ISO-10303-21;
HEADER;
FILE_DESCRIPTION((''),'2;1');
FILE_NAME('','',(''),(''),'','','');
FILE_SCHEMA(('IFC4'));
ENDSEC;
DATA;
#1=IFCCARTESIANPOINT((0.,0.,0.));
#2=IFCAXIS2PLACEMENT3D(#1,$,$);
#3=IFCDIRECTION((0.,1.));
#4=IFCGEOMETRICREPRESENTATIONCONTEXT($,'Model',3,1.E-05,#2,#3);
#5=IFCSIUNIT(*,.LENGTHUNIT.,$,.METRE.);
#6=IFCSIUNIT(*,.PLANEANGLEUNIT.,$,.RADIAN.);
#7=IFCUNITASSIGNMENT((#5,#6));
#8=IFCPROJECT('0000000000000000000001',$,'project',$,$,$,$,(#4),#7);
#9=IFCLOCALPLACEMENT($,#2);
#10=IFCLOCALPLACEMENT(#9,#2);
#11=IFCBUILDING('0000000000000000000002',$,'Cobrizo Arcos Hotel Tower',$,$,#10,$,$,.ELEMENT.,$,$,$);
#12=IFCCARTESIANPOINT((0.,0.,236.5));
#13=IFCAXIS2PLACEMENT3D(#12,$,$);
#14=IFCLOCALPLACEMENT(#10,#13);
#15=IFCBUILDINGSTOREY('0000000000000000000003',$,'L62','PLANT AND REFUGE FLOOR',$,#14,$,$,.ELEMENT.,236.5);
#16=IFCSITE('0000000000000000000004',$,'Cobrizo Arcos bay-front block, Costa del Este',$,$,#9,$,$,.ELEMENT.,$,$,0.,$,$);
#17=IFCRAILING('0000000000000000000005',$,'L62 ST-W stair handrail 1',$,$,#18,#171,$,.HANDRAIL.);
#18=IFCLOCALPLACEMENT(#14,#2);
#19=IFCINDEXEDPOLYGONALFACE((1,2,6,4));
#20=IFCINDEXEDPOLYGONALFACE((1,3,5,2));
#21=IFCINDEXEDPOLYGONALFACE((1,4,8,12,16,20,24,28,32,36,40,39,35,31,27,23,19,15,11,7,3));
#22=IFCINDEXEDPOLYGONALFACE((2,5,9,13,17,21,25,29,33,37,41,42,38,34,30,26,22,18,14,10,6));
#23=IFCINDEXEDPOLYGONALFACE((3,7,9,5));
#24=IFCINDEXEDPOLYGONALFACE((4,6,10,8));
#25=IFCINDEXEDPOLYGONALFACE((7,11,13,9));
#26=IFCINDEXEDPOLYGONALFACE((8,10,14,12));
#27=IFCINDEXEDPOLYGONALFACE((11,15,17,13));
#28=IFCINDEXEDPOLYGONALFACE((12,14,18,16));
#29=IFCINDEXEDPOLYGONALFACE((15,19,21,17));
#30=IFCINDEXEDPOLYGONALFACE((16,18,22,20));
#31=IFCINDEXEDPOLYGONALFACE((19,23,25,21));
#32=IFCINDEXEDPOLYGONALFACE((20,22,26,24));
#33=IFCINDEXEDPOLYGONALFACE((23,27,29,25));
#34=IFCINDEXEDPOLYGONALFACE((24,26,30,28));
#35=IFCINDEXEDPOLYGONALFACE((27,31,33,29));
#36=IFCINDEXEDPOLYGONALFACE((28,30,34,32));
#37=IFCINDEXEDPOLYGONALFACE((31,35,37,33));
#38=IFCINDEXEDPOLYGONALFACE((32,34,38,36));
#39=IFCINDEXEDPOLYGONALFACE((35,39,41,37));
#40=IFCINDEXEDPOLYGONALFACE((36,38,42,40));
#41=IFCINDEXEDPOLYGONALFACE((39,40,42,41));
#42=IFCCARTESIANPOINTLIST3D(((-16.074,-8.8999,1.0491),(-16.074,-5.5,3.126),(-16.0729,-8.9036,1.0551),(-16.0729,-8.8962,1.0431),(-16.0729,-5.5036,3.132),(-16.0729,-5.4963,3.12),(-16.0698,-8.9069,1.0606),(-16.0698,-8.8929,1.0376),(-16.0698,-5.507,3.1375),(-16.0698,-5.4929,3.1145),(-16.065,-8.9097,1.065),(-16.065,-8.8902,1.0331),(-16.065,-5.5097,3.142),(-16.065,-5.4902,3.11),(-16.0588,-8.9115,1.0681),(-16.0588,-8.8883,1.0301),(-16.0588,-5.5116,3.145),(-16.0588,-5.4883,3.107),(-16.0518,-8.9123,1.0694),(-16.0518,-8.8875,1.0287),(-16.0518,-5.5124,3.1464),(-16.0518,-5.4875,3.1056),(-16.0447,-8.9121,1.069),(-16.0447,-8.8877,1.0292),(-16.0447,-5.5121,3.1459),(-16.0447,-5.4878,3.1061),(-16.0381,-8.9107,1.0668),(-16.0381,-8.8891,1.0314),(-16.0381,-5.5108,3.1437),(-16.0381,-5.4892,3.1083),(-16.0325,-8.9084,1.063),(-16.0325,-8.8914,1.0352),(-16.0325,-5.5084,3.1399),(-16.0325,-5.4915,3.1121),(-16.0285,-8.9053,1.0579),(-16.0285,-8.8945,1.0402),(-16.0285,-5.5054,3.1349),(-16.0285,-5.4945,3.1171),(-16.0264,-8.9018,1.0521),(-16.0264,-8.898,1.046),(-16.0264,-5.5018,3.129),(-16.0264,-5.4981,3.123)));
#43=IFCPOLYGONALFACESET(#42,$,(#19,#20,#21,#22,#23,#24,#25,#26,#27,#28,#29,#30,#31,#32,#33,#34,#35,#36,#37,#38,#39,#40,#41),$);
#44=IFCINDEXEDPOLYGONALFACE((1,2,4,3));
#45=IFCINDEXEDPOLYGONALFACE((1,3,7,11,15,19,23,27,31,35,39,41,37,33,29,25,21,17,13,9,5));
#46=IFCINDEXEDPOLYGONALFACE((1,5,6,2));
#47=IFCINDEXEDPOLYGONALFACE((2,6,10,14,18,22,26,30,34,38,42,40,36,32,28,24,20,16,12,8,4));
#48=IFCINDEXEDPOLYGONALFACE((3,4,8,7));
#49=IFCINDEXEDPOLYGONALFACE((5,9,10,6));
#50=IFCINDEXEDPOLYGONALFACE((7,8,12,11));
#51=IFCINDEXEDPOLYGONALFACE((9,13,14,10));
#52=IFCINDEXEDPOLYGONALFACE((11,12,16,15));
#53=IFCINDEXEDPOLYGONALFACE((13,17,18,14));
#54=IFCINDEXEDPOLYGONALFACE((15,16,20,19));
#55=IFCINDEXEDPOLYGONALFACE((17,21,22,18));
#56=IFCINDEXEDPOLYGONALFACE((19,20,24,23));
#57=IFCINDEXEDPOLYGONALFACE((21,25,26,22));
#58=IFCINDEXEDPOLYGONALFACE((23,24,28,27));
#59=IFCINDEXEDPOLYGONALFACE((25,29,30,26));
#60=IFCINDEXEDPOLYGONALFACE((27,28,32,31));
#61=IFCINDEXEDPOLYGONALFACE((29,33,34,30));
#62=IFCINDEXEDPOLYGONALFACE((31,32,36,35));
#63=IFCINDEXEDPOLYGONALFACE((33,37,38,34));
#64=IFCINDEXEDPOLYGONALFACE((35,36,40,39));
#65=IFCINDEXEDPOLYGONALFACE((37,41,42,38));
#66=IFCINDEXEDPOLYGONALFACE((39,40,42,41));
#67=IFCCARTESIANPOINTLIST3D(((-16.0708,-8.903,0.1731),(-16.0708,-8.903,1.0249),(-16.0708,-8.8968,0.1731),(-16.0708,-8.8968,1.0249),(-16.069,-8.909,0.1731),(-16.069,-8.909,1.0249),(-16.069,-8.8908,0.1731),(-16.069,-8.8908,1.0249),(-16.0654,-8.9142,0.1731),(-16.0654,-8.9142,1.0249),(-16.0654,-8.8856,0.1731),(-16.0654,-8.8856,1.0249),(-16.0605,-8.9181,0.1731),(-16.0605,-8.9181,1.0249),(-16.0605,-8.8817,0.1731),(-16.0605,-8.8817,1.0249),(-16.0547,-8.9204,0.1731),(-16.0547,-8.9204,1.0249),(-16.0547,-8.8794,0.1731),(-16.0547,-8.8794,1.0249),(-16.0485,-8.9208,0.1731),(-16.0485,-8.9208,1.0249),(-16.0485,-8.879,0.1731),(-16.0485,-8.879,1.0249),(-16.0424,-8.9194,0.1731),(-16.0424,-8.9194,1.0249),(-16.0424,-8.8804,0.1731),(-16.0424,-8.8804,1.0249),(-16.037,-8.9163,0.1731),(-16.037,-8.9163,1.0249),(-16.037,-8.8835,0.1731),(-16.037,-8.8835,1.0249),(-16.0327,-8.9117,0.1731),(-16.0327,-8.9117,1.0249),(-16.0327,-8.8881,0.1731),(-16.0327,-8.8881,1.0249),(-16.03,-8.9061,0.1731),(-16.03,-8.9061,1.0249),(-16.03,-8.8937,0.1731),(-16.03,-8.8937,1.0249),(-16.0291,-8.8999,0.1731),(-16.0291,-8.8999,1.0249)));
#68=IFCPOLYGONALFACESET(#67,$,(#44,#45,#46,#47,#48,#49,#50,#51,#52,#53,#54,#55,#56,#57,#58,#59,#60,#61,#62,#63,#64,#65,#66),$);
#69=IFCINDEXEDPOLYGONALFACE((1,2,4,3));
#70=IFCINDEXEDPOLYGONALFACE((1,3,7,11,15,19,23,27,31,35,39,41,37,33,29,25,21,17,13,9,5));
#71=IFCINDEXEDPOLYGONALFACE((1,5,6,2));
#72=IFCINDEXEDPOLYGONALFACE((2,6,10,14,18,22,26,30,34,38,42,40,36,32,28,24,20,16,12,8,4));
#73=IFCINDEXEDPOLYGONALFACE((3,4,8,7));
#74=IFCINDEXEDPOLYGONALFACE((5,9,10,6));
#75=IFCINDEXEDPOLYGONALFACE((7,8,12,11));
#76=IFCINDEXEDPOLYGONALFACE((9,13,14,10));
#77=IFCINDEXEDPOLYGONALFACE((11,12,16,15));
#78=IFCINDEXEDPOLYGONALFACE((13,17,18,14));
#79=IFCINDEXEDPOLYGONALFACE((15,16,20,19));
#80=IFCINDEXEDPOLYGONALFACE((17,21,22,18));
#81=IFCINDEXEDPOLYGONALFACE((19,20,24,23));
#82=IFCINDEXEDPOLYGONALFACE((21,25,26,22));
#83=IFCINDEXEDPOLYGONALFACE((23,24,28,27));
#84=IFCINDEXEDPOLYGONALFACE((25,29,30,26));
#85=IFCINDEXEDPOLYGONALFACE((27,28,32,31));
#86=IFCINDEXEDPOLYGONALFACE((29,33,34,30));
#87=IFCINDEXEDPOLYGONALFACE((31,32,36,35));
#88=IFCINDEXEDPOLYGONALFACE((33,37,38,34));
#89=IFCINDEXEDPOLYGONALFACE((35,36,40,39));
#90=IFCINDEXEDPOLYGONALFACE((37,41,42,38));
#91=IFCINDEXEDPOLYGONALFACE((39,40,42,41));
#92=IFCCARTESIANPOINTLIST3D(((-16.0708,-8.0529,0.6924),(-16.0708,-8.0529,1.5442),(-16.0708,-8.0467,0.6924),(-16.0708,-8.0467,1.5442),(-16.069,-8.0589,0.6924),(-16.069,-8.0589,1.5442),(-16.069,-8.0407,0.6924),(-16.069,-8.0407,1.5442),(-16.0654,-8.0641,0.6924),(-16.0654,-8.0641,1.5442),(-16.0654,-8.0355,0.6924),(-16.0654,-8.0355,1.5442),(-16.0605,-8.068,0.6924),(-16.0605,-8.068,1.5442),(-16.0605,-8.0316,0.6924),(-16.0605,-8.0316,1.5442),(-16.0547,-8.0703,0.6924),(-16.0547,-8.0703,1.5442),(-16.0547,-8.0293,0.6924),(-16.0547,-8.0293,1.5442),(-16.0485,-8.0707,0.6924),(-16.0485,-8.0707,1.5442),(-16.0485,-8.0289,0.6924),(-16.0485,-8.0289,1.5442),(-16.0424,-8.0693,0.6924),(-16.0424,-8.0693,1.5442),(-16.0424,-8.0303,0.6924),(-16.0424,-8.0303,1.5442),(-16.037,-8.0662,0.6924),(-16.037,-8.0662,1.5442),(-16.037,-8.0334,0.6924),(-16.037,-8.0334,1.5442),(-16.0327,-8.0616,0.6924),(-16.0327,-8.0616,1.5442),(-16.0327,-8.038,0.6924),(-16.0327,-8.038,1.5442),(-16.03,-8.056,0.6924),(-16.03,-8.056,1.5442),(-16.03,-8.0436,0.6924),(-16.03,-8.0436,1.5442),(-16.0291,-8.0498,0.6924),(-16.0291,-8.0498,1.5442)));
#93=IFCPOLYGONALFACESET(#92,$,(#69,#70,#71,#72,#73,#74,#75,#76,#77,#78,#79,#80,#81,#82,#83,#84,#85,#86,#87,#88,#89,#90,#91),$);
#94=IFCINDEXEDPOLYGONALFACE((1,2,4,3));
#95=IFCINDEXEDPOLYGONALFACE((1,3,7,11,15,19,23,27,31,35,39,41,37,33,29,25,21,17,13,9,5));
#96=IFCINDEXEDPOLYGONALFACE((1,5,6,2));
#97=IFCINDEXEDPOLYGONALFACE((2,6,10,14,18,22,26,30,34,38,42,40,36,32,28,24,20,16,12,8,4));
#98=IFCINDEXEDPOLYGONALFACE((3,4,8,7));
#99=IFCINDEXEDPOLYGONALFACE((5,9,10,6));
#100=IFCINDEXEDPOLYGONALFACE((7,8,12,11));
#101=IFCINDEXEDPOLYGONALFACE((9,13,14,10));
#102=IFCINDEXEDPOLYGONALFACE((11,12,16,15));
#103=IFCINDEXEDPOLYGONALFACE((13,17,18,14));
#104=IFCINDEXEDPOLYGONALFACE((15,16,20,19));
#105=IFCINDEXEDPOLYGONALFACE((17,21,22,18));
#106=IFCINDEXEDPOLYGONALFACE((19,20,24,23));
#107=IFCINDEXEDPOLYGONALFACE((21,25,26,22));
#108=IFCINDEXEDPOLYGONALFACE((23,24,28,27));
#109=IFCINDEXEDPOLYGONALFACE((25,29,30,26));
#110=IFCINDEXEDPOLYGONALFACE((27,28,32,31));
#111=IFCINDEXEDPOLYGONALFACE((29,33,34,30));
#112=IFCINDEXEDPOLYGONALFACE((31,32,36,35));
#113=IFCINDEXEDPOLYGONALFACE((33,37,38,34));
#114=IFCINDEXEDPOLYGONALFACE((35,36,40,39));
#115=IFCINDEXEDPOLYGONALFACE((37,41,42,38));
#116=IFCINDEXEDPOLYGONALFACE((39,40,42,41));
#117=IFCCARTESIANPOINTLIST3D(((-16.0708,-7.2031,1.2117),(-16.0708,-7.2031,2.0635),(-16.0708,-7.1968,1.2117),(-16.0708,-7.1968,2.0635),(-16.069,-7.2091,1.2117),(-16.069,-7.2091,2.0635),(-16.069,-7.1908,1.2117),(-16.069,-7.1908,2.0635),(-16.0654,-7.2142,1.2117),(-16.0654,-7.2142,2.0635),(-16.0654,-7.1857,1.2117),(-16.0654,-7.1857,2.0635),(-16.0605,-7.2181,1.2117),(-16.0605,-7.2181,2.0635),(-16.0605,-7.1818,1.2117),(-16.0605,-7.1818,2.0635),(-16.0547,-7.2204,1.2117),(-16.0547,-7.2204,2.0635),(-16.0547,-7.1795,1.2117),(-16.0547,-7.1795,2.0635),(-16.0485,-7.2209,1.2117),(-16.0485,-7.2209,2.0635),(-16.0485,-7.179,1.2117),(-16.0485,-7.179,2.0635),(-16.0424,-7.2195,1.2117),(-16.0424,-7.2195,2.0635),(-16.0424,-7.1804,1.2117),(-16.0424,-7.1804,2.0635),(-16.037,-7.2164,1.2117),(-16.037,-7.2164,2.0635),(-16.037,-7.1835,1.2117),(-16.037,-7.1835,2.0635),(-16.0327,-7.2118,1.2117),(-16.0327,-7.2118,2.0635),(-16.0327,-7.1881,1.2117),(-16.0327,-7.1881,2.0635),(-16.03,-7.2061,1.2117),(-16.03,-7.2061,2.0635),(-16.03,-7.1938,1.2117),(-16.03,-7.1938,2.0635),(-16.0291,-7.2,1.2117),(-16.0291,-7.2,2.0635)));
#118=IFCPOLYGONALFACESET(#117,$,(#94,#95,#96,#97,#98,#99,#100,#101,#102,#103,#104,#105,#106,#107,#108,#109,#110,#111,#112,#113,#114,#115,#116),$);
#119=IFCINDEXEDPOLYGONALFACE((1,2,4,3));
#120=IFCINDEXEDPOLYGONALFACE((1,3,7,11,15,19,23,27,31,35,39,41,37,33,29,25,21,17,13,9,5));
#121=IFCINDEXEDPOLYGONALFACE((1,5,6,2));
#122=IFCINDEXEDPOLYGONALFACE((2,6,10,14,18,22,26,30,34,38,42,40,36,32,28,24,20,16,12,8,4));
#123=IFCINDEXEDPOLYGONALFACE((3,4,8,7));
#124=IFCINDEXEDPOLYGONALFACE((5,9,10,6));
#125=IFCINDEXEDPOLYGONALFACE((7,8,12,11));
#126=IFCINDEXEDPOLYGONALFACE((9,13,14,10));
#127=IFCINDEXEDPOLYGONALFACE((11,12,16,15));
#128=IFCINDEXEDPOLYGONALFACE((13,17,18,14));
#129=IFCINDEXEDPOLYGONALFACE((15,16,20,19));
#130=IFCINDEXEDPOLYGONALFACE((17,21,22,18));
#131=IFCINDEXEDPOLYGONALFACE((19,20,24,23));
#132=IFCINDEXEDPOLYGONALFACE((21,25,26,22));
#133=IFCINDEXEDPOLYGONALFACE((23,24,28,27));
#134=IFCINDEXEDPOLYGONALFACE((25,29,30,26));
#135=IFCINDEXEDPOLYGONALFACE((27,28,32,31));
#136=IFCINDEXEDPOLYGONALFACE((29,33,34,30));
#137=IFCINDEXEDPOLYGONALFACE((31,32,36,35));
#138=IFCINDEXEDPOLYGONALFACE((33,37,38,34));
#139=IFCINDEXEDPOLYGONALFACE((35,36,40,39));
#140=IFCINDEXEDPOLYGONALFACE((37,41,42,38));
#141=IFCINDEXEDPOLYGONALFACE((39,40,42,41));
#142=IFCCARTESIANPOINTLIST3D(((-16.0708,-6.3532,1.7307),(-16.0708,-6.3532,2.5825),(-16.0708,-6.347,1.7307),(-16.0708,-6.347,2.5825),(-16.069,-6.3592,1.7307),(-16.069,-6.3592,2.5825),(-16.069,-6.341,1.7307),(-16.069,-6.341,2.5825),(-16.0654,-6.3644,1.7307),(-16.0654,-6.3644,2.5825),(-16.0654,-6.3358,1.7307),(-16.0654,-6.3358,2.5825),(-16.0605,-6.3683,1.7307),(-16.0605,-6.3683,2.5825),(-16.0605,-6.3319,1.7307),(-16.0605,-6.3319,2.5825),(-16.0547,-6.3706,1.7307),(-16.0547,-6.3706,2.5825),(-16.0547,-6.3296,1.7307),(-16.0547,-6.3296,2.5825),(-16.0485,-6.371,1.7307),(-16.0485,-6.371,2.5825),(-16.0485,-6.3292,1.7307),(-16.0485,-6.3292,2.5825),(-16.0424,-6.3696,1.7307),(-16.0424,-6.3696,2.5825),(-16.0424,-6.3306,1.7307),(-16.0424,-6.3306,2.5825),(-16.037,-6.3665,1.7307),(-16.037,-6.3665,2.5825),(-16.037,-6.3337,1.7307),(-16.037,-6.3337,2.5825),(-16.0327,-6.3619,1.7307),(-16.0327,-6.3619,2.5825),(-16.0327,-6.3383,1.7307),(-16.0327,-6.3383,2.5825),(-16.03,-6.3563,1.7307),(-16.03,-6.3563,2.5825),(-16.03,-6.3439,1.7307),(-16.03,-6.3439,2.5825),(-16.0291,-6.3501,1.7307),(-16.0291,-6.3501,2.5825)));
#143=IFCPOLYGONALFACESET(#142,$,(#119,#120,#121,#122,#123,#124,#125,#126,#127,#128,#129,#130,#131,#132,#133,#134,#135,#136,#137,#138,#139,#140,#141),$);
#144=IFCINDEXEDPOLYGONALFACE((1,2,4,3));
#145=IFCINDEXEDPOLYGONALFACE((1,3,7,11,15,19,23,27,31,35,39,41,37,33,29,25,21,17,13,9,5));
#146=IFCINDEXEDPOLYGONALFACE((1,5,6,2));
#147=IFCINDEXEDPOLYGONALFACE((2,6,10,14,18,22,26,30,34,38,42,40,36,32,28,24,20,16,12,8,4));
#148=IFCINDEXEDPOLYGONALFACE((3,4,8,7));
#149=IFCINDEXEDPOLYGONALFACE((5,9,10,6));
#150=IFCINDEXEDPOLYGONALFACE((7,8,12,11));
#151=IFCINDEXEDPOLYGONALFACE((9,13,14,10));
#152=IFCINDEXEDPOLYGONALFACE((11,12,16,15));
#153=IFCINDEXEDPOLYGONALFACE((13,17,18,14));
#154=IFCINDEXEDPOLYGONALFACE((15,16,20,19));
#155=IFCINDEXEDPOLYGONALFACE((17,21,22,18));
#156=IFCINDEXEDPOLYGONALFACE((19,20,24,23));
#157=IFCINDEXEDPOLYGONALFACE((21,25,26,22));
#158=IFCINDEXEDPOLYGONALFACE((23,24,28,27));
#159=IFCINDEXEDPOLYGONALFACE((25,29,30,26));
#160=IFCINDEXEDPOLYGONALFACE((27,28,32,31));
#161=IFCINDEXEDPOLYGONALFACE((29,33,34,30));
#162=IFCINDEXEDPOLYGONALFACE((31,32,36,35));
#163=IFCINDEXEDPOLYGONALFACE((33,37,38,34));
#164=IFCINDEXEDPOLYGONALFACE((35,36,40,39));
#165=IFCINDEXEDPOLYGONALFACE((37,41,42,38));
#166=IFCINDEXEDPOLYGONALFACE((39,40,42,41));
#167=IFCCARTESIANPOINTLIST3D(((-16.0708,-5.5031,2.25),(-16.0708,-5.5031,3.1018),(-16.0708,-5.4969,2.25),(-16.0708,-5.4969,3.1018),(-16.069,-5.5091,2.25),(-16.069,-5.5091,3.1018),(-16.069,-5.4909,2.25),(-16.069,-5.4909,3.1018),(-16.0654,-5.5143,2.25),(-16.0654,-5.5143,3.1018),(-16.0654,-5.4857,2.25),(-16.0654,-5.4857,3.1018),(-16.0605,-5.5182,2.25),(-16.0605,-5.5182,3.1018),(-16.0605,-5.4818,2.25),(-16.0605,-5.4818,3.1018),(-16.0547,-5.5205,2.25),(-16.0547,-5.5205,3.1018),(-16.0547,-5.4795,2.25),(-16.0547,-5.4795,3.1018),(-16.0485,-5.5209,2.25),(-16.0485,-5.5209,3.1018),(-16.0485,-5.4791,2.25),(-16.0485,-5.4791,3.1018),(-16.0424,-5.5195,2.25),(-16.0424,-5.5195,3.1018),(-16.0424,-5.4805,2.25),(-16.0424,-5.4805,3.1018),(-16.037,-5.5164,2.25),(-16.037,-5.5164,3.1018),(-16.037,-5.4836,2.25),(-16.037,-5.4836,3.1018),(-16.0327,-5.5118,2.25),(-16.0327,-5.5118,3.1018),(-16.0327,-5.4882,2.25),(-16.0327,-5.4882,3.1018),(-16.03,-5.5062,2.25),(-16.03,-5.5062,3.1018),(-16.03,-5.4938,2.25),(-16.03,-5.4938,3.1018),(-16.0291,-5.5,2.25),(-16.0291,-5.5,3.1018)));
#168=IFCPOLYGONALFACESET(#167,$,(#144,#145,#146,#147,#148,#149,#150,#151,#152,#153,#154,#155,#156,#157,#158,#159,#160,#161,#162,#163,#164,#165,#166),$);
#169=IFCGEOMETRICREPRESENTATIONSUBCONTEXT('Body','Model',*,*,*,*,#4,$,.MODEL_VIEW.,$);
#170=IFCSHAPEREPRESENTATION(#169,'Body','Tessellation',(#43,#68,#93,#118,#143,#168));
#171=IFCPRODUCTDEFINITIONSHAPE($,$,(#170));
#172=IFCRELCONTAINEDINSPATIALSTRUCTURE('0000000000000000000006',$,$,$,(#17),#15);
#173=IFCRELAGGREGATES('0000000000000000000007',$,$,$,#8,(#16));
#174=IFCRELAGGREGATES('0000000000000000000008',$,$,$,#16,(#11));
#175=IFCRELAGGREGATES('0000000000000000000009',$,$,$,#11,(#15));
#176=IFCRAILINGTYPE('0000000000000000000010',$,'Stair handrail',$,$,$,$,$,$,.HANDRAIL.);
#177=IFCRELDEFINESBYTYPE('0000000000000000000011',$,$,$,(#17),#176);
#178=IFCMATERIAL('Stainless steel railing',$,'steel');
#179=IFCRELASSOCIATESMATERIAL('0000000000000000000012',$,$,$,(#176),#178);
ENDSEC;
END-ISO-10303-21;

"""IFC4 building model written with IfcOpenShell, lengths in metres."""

from ifc_helpers import new_model, si_unit, direction, frame, origin, origin_2d, place, context, subcontext, project, spatial, circle, extrude, material, type_object, element, save


model = new_model("IFC4")

# Units and contexts
model_context = context("Model", 3, precision=1e-05, world=origin(), true_north=direction((0.0, 1.0)))
body_context = subcontext(model_context, "Body", "Model", "MODEL_VIEW")
ifc_project = project(units=[si_unit("LENGTHUNIT", "METRE"), si_unit("PLANEANGLEUNIT", "RADIAN")], contexts=[model_context])

# Site, building, storey
site_placement = place(None, origin())
site = spatial("IfcSite", under=ifc_project, at=site_placement, Name="Cobrizo Arcos bay-front block, Costa del Este", CompositionType="ELEMENT", RefElevation=0.0)
building_placement = place(site_placement, origin())
building = spatial("IfcBuilding", under=site, at=building_placement, Name="Cobrizo Arcos Hotel Tower", CompositionType="ELEMENT")
storey_placement = place(building_placement, frame((0.0, 0.0, 236.5)))
storey = spatial("IfcBuildingStorey", under=building, at=storey_placement, Name="L62", Description="PLANT AND REFUGE FLOOR", CompositionType="ELEMENT", Elevation=236.5)

# Railing
ifc_material_1 = material(Name="Stainless steel railing", Category="steel")
railing_type_1 = type_object("IfcRailingType", Name="Stair handrail", PredefinedType="HANDRAIL", material=ifc_material_1)
railing_1_placement = place(storey_placement, frame((-16.05, -8.8999, 0.1731)))
element("IfcRailing", 1, at=railing_1_placement, inside=storey, type_object=railing_type_1, Name="L62 ST-W stair handrail 1", PredefinedType="HANDRAIL", context=body_context, shape_type="SweptSolid", body=[
    extrude(circle(Radius=0.0239, at=origin_2d()), frame((0.0, 0.0, 0.876), z_axis=(0.0, 0.853373, 0.521301), x_axis=(-1.0, 0.0, 0.0)), (0.0, 0.0, 1.0), 3.9841),
    extrude(circle(Radius=0.021, at=origin_2d()), origin(), (0.0, 0.0, 1.0), 0.8518),
    extrude(circle(Radius=0.021, at=origin_2d()), frame((0.0, 0.8501, 0.5193)), (0.0, 0.0, 1.0), 0.8518),
    extrude(circle(Radius=0.021, at=origin_2d()), frame((0.0, 1.7, 1.0386)), (0.0, 0.0, 1.0), 0.8518),
    extrude(circle(Radius=0.021, at=origin_2d()), frame((0.0, 2.5498, 1.5576)), (0.0, 0.0, 1.0), 0.8518),
    extrude(circle(Radius=0.021, at=origin_2d()), frame((0.0, 3.3999, 2.0769)), (0.0, 0.0, 1.0), 0.8518),
])

save(model, "model.ifc")
